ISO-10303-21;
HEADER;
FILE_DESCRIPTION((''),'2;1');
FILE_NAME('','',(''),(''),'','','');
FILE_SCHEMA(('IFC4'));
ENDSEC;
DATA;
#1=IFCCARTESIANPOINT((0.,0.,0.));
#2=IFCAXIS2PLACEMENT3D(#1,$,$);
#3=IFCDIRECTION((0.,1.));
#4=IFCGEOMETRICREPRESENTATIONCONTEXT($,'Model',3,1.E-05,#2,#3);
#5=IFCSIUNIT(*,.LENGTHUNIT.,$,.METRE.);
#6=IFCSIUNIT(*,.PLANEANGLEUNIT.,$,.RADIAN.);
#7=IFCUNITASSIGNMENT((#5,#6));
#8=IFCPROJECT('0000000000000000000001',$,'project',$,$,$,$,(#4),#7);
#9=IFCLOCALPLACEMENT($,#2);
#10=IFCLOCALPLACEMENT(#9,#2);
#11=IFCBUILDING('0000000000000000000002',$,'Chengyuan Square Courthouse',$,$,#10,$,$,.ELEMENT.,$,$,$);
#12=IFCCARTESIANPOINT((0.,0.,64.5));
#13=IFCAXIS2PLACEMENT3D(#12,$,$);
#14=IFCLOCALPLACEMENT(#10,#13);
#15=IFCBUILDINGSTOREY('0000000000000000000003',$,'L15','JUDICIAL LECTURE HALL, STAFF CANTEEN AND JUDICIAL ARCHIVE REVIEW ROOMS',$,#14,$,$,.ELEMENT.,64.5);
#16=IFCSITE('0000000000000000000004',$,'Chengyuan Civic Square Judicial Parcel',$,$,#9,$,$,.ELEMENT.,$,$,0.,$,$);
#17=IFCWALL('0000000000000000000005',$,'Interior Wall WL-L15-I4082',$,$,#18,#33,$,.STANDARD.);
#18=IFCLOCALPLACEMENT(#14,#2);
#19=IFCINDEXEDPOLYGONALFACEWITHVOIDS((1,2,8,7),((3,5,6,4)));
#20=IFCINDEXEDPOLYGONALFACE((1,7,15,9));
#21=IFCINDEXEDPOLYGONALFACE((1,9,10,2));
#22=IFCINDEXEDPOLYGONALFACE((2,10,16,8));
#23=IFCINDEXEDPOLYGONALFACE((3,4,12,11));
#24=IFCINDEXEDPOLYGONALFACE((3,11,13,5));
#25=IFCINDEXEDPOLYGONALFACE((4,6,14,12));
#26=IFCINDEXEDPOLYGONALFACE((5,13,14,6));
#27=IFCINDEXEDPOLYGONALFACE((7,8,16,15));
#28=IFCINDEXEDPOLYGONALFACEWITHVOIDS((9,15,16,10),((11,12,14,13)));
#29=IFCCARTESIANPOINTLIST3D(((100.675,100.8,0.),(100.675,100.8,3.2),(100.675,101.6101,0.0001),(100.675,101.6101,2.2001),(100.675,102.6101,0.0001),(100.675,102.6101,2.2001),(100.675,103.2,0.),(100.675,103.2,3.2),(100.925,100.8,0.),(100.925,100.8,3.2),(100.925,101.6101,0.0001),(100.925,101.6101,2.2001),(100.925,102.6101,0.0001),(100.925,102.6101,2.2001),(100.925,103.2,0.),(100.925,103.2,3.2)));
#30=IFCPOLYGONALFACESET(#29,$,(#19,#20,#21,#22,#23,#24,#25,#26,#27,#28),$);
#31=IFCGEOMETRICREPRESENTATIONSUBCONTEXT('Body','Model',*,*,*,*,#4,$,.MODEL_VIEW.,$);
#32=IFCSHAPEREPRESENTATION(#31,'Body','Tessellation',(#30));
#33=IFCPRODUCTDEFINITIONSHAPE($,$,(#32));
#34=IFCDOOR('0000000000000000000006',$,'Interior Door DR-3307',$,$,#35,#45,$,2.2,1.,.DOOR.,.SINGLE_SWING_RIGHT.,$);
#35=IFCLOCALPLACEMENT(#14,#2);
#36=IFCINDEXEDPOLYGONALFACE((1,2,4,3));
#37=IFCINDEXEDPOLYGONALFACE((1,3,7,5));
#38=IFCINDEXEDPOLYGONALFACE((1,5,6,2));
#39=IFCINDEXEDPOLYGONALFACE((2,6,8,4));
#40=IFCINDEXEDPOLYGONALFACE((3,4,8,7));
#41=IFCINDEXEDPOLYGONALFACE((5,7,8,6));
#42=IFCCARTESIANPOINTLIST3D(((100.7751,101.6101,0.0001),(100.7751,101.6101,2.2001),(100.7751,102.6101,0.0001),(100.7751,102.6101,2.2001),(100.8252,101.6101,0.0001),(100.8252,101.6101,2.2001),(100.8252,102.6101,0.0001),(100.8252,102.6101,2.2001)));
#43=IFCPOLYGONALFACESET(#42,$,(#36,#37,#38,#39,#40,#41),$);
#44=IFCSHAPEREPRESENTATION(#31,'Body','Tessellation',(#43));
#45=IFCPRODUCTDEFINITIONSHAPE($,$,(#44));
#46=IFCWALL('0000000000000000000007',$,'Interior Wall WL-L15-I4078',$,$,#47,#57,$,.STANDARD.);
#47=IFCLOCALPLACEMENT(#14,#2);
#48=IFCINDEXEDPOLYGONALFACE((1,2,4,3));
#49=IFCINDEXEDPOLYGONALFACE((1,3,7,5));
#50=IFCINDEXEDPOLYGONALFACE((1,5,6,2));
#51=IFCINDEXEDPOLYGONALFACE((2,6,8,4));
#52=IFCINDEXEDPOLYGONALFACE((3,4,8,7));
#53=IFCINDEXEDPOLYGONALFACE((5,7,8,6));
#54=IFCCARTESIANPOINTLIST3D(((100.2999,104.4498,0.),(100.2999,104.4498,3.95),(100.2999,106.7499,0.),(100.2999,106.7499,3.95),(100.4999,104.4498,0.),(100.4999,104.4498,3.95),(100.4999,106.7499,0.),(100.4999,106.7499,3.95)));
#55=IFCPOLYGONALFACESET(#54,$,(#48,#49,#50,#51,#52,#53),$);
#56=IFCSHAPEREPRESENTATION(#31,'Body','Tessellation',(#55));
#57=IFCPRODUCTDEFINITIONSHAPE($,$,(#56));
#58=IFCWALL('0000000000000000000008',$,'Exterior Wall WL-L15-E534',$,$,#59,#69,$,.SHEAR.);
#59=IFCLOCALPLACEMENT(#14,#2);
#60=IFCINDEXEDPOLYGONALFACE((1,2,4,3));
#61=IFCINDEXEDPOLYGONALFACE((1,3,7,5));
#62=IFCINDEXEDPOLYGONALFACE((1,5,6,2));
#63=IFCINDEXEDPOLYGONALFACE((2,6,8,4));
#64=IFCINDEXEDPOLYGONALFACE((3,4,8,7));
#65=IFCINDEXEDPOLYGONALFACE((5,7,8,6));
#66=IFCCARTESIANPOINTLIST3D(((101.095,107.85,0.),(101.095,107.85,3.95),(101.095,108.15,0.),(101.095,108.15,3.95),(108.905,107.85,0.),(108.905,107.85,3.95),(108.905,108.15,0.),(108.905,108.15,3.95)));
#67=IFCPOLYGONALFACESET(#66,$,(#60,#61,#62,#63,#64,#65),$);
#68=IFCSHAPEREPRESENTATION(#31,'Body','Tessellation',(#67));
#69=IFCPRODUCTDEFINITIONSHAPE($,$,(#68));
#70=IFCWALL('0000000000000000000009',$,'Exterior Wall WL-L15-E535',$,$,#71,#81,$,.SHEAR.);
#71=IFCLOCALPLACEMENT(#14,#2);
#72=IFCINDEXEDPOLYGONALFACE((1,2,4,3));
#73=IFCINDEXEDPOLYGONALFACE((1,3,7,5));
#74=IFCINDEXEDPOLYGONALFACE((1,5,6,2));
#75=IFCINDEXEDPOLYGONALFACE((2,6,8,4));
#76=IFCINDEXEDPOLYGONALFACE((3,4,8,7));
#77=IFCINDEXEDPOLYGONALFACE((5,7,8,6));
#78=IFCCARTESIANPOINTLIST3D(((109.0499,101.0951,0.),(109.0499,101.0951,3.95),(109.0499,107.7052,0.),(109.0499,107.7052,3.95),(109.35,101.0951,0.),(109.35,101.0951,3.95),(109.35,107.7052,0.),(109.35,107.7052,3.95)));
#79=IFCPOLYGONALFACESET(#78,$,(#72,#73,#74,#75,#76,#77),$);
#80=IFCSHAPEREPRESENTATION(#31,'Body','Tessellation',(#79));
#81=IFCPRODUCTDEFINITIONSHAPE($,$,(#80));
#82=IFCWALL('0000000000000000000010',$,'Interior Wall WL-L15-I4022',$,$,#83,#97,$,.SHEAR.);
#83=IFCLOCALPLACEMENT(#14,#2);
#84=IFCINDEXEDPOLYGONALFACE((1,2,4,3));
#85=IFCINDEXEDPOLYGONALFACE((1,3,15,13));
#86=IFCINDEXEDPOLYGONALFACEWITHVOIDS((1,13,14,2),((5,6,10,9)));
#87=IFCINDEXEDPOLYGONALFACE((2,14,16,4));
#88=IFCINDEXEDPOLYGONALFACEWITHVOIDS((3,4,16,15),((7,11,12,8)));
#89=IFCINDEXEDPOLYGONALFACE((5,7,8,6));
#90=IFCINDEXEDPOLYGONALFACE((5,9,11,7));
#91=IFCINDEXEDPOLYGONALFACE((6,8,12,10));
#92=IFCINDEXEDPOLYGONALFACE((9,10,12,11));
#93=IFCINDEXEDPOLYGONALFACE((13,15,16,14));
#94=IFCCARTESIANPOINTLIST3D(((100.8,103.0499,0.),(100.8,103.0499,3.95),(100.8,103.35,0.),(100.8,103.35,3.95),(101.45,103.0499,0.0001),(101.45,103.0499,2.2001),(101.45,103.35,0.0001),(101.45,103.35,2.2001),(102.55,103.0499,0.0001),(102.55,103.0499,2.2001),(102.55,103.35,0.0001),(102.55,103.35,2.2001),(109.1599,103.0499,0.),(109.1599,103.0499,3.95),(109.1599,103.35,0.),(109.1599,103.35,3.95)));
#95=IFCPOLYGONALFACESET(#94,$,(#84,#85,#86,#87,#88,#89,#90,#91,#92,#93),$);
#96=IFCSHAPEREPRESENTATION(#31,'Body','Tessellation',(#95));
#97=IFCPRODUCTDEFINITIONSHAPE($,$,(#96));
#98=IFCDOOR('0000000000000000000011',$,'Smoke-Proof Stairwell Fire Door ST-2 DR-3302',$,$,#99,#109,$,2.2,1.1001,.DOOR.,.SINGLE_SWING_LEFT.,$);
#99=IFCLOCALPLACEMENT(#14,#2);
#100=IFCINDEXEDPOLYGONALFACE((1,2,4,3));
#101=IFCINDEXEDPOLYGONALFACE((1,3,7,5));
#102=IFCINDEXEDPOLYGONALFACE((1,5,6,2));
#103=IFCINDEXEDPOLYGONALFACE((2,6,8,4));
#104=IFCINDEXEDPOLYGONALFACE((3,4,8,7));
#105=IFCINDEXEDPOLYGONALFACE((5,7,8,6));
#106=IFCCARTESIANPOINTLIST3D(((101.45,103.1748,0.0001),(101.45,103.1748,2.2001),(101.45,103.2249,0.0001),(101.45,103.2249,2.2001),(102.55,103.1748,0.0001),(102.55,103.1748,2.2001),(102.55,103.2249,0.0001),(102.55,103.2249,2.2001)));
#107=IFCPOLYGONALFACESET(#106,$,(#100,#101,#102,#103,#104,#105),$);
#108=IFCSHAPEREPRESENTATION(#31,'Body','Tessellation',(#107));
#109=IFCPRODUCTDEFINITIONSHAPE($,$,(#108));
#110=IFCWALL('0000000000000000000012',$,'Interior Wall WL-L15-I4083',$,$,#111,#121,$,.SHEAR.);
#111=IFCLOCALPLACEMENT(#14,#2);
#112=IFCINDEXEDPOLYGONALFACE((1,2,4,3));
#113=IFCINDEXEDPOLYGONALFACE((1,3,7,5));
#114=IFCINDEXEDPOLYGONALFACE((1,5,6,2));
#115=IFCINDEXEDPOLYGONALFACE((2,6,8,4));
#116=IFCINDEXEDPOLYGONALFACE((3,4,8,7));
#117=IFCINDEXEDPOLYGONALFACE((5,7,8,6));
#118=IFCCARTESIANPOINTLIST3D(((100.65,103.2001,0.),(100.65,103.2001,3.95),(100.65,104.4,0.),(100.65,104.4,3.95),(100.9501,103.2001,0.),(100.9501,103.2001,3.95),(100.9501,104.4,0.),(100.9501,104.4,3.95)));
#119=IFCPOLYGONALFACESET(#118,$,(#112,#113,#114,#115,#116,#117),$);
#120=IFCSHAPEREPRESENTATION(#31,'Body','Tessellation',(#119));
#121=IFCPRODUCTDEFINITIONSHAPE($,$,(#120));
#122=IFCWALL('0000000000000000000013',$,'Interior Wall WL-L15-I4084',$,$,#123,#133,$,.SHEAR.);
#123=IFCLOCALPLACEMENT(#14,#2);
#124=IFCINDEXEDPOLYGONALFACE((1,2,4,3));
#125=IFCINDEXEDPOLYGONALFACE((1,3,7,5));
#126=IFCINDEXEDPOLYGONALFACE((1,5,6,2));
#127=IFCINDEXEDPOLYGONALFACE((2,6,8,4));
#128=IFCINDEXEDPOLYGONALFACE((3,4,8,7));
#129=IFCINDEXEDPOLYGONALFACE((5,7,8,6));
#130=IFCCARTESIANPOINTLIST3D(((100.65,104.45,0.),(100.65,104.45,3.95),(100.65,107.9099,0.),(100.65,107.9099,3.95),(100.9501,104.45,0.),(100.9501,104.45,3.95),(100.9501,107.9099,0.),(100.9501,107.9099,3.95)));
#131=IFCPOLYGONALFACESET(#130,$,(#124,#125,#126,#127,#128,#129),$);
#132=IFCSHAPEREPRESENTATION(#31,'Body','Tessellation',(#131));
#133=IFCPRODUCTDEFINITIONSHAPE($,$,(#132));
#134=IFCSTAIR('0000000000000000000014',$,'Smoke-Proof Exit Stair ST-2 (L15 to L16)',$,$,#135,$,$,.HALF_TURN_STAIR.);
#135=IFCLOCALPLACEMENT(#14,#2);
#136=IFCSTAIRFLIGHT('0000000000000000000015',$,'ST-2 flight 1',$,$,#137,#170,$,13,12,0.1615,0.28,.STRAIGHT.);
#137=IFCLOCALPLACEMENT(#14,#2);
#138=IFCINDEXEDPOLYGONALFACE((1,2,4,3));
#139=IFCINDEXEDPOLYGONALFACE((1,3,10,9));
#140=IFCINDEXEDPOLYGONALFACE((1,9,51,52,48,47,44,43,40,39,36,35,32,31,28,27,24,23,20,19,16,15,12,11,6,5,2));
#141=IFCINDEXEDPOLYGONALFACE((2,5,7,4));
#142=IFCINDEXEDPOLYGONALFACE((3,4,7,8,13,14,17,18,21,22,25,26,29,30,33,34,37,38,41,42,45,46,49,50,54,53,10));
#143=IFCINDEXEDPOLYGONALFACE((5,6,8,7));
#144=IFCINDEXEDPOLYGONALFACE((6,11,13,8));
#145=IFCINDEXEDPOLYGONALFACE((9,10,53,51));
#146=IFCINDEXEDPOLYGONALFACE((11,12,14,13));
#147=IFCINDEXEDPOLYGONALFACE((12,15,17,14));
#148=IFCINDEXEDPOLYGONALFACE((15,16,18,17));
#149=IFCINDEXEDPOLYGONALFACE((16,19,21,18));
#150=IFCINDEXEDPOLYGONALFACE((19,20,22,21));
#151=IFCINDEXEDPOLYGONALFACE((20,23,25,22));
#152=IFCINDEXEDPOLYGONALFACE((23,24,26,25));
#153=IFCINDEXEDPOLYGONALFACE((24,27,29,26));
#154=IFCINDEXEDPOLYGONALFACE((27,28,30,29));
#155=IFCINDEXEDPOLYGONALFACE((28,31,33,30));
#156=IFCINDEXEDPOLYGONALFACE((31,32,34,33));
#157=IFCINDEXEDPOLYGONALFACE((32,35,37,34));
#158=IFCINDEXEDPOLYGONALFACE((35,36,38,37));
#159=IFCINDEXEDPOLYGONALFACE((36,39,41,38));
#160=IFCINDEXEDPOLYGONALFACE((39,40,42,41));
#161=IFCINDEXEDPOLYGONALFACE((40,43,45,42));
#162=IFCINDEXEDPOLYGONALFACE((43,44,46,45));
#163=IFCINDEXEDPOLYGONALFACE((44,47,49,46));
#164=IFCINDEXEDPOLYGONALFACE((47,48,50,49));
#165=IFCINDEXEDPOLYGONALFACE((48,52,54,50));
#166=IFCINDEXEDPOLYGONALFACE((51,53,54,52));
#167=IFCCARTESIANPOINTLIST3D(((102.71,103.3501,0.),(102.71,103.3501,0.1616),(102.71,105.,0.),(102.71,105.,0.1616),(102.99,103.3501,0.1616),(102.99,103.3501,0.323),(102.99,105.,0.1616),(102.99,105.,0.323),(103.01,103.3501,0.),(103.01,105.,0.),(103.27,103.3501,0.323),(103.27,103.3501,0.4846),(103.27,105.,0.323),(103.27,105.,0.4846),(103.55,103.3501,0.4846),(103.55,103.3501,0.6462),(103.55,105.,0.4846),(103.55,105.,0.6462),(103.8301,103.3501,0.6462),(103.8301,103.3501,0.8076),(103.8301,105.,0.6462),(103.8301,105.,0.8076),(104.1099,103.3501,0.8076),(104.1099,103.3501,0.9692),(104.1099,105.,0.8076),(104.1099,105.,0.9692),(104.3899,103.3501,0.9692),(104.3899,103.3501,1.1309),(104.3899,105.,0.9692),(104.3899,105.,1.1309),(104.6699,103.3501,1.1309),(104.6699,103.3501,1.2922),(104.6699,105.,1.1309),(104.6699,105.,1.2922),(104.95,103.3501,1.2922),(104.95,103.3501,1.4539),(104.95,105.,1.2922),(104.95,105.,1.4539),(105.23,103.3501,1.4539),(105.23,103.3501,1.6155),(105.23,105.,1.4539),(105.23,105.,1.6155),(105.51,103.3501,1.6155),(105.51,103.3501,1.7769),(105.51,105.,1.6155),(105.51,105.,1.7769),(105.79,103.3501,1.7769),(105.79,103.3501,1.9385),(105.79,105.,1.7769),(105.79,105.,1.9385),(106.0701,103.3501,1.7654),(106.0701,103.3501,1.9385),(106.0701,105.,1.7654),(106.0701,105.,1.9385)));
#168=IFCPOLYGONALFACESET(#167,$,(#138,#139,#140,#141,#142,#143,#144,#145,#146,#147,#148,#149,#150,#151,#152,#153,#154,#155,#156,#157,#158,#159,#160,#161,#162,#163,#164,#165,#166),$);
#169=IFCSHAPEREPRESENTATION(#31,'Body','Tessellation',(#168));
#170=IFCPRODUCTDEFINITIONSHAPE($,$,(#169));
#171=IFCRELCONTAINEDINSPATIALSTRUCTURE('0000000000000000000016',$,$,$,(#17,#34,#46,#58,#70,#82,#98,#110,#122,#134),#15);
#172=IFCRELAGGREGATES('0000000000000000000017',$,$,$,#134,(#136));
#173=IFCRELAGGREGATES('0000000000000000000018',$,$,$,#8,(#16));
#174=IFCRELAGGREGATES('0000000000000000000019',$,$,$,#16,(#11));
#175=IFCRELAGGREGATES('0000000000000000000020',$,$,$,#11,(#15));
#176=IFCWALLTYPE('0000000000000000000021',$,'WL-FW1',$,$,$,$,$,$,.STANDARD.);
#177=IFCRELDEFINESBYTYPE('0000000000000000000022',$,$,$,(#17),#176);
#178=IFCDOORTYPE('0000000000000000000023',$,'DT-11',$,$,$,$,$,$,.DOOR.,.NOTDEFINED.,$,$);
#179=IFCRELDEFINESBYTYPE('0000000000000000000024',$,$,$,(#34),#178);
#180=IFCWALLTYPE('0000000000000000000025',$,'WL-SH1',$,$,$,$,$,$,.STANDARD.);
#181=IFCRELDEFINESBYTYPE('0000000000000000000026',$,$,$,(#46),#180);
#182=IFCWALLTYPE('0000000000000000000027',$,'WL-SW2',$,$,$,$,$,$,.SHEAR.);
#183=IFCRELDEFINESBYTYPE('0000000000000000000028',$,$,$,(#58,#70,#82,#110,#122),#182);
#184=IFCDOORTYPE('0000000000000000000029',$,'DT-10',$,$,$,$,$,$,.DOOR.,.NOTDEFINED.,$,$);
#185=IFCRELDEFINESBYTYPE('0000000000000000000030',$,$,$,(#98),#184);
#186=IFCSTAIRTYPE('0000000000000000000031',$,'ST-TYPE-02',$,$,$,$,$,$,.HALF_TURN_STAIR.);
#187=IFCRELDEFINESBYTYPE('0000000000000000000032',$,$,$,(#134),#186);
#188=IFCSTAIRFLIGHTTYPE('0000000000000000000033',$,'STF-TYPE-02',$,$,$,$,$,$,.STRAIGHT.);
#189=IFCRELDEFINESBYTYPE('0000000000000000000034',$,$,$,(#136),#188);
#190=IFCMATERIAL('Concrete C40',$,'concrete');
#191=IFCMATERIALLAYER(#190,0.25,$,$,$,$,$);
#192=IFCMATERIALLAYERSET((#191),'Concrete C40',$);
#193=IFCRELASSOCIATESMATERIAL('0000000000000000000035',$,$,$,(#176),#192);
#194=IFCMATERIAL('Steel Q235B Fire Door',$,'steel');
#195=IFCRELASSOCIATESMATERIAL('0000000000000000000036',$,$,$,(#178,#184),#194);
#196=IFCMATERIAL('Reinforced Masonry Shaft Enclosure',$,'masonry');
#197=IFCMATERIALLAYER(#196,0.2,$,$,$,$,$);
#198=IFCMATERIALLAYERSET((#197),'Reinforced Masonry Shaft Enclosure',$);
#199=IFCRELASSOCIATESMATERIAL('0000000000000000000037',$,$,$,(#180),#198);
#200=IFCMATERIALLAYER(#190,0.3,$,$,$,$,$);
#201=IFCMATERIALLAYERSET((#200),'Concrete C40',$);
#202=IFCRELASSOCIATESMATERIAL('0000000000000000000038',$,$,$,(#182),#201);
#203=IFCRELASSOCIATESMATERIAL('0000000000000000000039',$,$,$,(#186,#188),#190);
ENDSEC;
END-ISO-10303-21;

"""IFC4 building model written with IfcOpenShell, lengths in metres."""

from ifc_helpers import new_model, si_unit, direction, frame, frame_2d, origin, place, context, subcontext, project, spatial, polyline, rectangle, outline, extrude, material, layer, layer_set, type_object, element, fill, aggregate, save


model = new_model("IFC4")

# Units and contexts
model_context = context("Model", 3, precision=1e-05, world=origin(), true_north=direction((0.0, 1.0)))
body_context = subcontext(model_context, "Body", "Model", "MODEL_VIEW")
ifc_project = project(units=[si_unit("LENGTHUNIT", "METRE"), si_unit("PLANEANGLEUNIT", "RADIAN")], contexts=[model_context])

# Site, building, storey
site_placement = place(None, origin())
site = spatial("IfcSite", under=ifc_project, at=site_placement, Name="Chengyuan Civic Square Judicial Parcel", CompositionType="ELEMENT", RefElevation=0.0)
building_placement = place(site_placement, origin())
building = spatial("IfcBuilding", under=site, at=building_placement, Name="Chengyuan Square Courthouse", CompositionType="ELEMENT")
storey_placement = place(building_placement, frame((0.0, 0.0, 64.5)))
storey = spatial("IfcBuildingStorey", under=building, at=storey_placement, Name="L15", Description="JUDICIAL LECTURE HALL, STAFF CANTEEN AND JUDICIAL ARCHIVE REVIEW ROOMS", CompositionType="ELEMENT", Elevation=64.5)

# Shared definitions
ifc_material_1 = material(Name="Concrete C40", Category="concrete")

# Wall, opening, door
ifc_layer_1 = layer(ifc_material_1, 0.25)
ifc_layer_set_1 = layer_set([ifc_layer_1], Name="Concrete C40")
wall_type_1 = type_object("IfcWallType", Name="WL-FW1", PredefinedType="STANDARD", material=ifc_layer_set_1)
wall_1_placement = place(storey_placement, frame((100.8, 100.8, 0.0), z_axis=(0.0, 0.0, 1.0), x_axis=(0.0, 1.0, 0.0)))
wall_1 = element("IfcWall", 1, at=wall_1_placement, inside=storey, type_object=wall_type_1, Name="Interior Wall WL-L15-I4082", PredefinedType="STANDARD", context=body_context, shape_type="SweptSolid", body=[
    extrude(rectangle(XDim=2.3999, YDim=0.25, at=frame_2d((1.2, 0.0))), origin(), (0.0, 0.0, 1.0), 3.2),
])
opening_1_placement = place(wall_1_placement, frame((0.8101, 0.0, 0.0)))
opening_1 = element("IfcOpeningElement", 2, at=opening_1_placement, cuts=wall_1, PredefinedType="OPENING", context=body_context, shape_type="SweptSolid", body=[
    extrude(rectangle(XDim=1.0, YDim=2.2, at=frame_2d((0.5, 1.1001))), frame((0.0, 0.137, 0.0), z_axis=(0.0, -1.0, 0.0), x_axis=(1.0, 0.0, 0.0)), (0.0, 0.0, 1.0), 0.2739),
])
ifc_material_2 = material(Name="Steel Q235B Fire Door", Category="steel")
door_type_1 = type_object("IfcDoorType", Name="DT-11", OperationType="NOTDEFINED", PredefinedType="DOOR", material=ifc_material_2)
door_1_placement = place(opening_1_placement, origin())
door_1 = element("IfcDoor", 3, at=door_1_placement, inside=storey, type_object=door_type_1, Name="Interior Door DR-3307", OperationType="SINGLE_SWING_RIGHT", OverallHeight=2.2, OverallWidth=1.0, PredefinedType="DOOR", context=body_context, shape_type="SweptSolid", body=[
    extrude(rectangle(XDim=1.0, YDim=2.2, at=frame_2d((0.5, 1.1001))), frame((0.0, 0.0249, 0.0), z_axis=(0.0, -1.0, 0.0), x_axis=(1.0, 0.0, 0.0)), (0.0, 0.0, 1.0), 0.05),
])
fill(opening_1, door_1)

# Walls
ifc_material_3 = material(Name="Reinforced Masonry Shaft Enclosure", Category="masonry")
ifc_layer_2 = layer(ifc_material_3, 0.2)
ifc_layer_set_2 = layer_set([ifc_layer_2], Name="Reinforced Masonry Shaft Enclosure")
wall_type_2 = type_object("IfcWallType", Name="WL-SH1", PredefinedType="STANDARD", material=ifc_layer_set_2)
wall_2_placement = place(storey_placement, frame((100.3999, 104.45, 0.0), z_axis=(0.0, 0.0, 1.0), x_axis=(0.0, 1.0, 0.0)))
element("IfcWall", 4, at=wall_2_placement, inside=storey, type_object=wall_type_2, Name="Interior Wall WL-L15-I4078", PredefinedType="STANDARD", context=body_context, shape_type="SweptSolid", body=[
    extrude(rectangle(XDim=2.3, YDim=0.2, at=frame_2d((1.1499, 0.0))), origin(), (0.0, 0.0, 1.0), 3.95),
])
ifc_layer_3 = layer(ifc_material_1, 0.3)
ifc_layer_set_3 = layer_set([ifc_layer_3], Name="Concrete C40")
wall_type_3 = type_object("IfcWallType", Name="WL-SW2", PredefinedType="SHEAR", material=ifc_layer_set_3)
wall_3_placement = place(storey_placement, frame((101.095, 108.0, 0.0), z_axis=(0.0, 0.0, 1.0), x_axis=(1.0, 0.0, 0.0)))
element("IfcWall", 5, at=wall_3_placement, inside=storey, type_object=wall_type_3, Name="Exterior Wall WL-L15-E534", PredefinedType="SHEAR", context=body_context, shape_type="SweptSolid", body=[
    extrude(rectangle(XDim=7.8101, YDim=0.3, at=frame_2d((3.905, 0.0))), origin(), (0.0, 0.0, 1.0), 3.95),
])
wall_4_placement = place(storey_placement, frame((109.2, 101.095, 0.0), z_axis=(0.0, 0.0, 1.0), x_axis=(0.0, 1.0, 0.0)))
element("IfcWall", 6, at=wall_4_placement, inside=storey, type_object=wall_type_3, Name="Exterior Wall WL-L15-E535", PredefinedType="SHEAR", context=body_context, shape_type="SweptSolid", body=[
    extrude(rectangle(XDim=6.6101, YDim=0.3, at=frame_2d((3.3052, 0.0))), origin(), (0.0, 0.0, 1.0), 3.95),
])

# Wall, opening, door
wall_5_placement = place(storey_placement, frame((100.8, 103.2, 0.0), z_axis=(0.0, 0.0, 1.0), x_axis=(1.0, 0.0, 0.0)))
wall_5 = element("IfcWall", 7, at=wall_5_placement, inside=storey, type_object=wall_type_3, Name="Interior Wall WL-L15-I4022", PredefinedType="SHEAR", context=body_context, shape_type="SweptSolid", body=[
    extrude(rectangle(XDim=8.3599, YDim=0.3, at=frame_2d((4.1799, 0.0))), origin(), (0.0, 0.0, 1.0), 3.95),
])
opening_2_placement = place(wall_5_placement, frame((0.6499, 0.0, 0.0)))
opening_2 = element("IfcOpeningElement", 8, at=opening_2_placement, cuts=wall_5, PredefinedType="OPENING", context=body_context, shape_type="SweptSolid", body=[
    extrude(rectangle(XDim=1.1001, YDim=2.2, at=frame_2d((0.55, 1.1001))), frame((0.0, 0.1621, 0.0), z_axis=(0.0, -1.0, 0.0), x_axis=(1.0, 0.0, 0.0)), (0.0, 0.0, 1.0), 0.324),
])
door_type_2 = type_object("IfcDoorType", Name="DT-10", OperationType="NOTDEFINED", PredefinedType="DOOR", material=ifc_material_2)
door_2_placement = place(opening_2_placement, origin())
door_2 = element("IfcDoor", 9, at=door_2_placement, inside=storey, type_object=door_type_2, Name="Smoke-Proof Stairwell Fire Door ST-2 DR-3302", OperationType="SINGLE_SWING_LEFT", OverallHeight=2.2, OverallWidth=1.1001, PredefinedType="DOOR", context=body_context, shape_type="SweptSolid", body=[
    extrude(rectangle(XDim=1.1001, YDim=2.2, at=frame_2d((0.55, 1.1001))), frame((0.0, 0.0249, 0.0), z_axis=(0.0, -1.0, 0.0), x_axis=(1.0, 0.0, 0.0)), (0.0, 0.0, 1.0), 0.05),
])
fill(opening_2, door_2)

# Walls
wall_6_placement = place(storey_placement, frame((100.8, 103.2, 0.0), z_axis=(0.0, 0.0, 1.0), x_axis=(0.0, 1.0, 0.0)))
element("IfcWall", 10, at=wall_6_placement, inside=storey, type_object=wall_type_3, Name="Interior Wall WL-L15-I4083", PredefinedType="SHEAR", context=body_context, shape_type="SweptSolid", body=[
    extrude(rectangle(XDim=1.2, YDim=0.3, at=frame_2d((0.6001, 0.0))), origin(), (0.0, 0.0, 1.0), 3.95),
])
wall_7_placement = place(storey_placement, frame((100.8, 104.45, 0.0), z_axis=(0.0, 0.0, 1.0), x_axis=(0.0, 1.0, 0.0)))
element("IfcWall", 11, at=wall_7_placement, inside=storey, type_object=wall_type_3, Name="Interior Wall WL-L15-I4084", PredefinedType="SHEAR", context=body_context, shape_type="SweptSolid", body=[
    extrude(rectangle(XDim=3.46, YDim=0.3, at=frame_2d((1.73, 0.0))), origin(), (0.0, 0.0, 1.0), 3.95),
])

# Stair, stair flight
stair_type = type_object("IfcStairType", Name="ST-TYPE-02", PredefinedType="HALF_TURN_STAIR", material=ifc_material_1)
stair_placement = place(storey_placement, origin())
stair = element("IfcStair", 12, at=stair_placement, inside=storey, type_object=stair_type, Name="Smoke-Proof Exit Stair ST-2 (L15 to L16)", PredefinedType="HALF_TURN_STAIR")
stair_flight_type = type_object("IfcStairFlightType", Name="STF-TYPE-02", PredefinedType="STRAIGHT", material=ifc_material_1)
stair_flight_1_placement = place(storey_placement, frame((102.71, 104.175, 0.0), z_axis=(0.0, 0.0, 1.0), x_axis=(1.0, 0.0, 0.0)))
stair_flight_1 = element("IfcStairFlight", 13, at=stair_flight_1_placement, type_object=stair_flight_type, Name="ST-2 flight 1", NumberOfRisers=13, NumberOfTreads=12, PredefinedType="STRAIGHT", RiserHeight=0.1615, TreadLength=0.28, context=body_context, shape_type="SweptSolid", body=[
    extrude(outline(polyline([(0.0, 0.0), (0.0, 0.1616), (0.28, 0.1616), (0.28, 0.323), (0.5601, 0.323), (0.5601, 0.4846), (0.8401, 0.4846), (0.8401, 0.6462), (1.1201, 0.6462), (1.1201, 0.8076), (1.3999, 0.8076), (1.3999, 0.9692), (1.6799, 0.9692), (1.6799, 1.1309), (1.96, 1.1309), (1.96, 1.2922), (2.24, 1.2922), (2.24, 1.4539), (2.52, 1.4539), (2.52, 1.6155), (2.8, 1.6155), (2.8, 1.7769), (3.0801, 1.7769), (3.0801, 1.9385), (3.3601, 1.9385), (3.3601, 2.1001), (3.3601, 1.7654), (0.3, 0.0), (0.0, 0.0)])), frame((0.0, 0.825, 0.0), z_axis=(0.0, -1.0, 0.0), x_axis=(1.0, 0.0, 0.0)), (0.0, 0.0, 1.0), 1.6499),
])
aggregate(stair, [stair_flight_1])

save(model, "model.ifc")
